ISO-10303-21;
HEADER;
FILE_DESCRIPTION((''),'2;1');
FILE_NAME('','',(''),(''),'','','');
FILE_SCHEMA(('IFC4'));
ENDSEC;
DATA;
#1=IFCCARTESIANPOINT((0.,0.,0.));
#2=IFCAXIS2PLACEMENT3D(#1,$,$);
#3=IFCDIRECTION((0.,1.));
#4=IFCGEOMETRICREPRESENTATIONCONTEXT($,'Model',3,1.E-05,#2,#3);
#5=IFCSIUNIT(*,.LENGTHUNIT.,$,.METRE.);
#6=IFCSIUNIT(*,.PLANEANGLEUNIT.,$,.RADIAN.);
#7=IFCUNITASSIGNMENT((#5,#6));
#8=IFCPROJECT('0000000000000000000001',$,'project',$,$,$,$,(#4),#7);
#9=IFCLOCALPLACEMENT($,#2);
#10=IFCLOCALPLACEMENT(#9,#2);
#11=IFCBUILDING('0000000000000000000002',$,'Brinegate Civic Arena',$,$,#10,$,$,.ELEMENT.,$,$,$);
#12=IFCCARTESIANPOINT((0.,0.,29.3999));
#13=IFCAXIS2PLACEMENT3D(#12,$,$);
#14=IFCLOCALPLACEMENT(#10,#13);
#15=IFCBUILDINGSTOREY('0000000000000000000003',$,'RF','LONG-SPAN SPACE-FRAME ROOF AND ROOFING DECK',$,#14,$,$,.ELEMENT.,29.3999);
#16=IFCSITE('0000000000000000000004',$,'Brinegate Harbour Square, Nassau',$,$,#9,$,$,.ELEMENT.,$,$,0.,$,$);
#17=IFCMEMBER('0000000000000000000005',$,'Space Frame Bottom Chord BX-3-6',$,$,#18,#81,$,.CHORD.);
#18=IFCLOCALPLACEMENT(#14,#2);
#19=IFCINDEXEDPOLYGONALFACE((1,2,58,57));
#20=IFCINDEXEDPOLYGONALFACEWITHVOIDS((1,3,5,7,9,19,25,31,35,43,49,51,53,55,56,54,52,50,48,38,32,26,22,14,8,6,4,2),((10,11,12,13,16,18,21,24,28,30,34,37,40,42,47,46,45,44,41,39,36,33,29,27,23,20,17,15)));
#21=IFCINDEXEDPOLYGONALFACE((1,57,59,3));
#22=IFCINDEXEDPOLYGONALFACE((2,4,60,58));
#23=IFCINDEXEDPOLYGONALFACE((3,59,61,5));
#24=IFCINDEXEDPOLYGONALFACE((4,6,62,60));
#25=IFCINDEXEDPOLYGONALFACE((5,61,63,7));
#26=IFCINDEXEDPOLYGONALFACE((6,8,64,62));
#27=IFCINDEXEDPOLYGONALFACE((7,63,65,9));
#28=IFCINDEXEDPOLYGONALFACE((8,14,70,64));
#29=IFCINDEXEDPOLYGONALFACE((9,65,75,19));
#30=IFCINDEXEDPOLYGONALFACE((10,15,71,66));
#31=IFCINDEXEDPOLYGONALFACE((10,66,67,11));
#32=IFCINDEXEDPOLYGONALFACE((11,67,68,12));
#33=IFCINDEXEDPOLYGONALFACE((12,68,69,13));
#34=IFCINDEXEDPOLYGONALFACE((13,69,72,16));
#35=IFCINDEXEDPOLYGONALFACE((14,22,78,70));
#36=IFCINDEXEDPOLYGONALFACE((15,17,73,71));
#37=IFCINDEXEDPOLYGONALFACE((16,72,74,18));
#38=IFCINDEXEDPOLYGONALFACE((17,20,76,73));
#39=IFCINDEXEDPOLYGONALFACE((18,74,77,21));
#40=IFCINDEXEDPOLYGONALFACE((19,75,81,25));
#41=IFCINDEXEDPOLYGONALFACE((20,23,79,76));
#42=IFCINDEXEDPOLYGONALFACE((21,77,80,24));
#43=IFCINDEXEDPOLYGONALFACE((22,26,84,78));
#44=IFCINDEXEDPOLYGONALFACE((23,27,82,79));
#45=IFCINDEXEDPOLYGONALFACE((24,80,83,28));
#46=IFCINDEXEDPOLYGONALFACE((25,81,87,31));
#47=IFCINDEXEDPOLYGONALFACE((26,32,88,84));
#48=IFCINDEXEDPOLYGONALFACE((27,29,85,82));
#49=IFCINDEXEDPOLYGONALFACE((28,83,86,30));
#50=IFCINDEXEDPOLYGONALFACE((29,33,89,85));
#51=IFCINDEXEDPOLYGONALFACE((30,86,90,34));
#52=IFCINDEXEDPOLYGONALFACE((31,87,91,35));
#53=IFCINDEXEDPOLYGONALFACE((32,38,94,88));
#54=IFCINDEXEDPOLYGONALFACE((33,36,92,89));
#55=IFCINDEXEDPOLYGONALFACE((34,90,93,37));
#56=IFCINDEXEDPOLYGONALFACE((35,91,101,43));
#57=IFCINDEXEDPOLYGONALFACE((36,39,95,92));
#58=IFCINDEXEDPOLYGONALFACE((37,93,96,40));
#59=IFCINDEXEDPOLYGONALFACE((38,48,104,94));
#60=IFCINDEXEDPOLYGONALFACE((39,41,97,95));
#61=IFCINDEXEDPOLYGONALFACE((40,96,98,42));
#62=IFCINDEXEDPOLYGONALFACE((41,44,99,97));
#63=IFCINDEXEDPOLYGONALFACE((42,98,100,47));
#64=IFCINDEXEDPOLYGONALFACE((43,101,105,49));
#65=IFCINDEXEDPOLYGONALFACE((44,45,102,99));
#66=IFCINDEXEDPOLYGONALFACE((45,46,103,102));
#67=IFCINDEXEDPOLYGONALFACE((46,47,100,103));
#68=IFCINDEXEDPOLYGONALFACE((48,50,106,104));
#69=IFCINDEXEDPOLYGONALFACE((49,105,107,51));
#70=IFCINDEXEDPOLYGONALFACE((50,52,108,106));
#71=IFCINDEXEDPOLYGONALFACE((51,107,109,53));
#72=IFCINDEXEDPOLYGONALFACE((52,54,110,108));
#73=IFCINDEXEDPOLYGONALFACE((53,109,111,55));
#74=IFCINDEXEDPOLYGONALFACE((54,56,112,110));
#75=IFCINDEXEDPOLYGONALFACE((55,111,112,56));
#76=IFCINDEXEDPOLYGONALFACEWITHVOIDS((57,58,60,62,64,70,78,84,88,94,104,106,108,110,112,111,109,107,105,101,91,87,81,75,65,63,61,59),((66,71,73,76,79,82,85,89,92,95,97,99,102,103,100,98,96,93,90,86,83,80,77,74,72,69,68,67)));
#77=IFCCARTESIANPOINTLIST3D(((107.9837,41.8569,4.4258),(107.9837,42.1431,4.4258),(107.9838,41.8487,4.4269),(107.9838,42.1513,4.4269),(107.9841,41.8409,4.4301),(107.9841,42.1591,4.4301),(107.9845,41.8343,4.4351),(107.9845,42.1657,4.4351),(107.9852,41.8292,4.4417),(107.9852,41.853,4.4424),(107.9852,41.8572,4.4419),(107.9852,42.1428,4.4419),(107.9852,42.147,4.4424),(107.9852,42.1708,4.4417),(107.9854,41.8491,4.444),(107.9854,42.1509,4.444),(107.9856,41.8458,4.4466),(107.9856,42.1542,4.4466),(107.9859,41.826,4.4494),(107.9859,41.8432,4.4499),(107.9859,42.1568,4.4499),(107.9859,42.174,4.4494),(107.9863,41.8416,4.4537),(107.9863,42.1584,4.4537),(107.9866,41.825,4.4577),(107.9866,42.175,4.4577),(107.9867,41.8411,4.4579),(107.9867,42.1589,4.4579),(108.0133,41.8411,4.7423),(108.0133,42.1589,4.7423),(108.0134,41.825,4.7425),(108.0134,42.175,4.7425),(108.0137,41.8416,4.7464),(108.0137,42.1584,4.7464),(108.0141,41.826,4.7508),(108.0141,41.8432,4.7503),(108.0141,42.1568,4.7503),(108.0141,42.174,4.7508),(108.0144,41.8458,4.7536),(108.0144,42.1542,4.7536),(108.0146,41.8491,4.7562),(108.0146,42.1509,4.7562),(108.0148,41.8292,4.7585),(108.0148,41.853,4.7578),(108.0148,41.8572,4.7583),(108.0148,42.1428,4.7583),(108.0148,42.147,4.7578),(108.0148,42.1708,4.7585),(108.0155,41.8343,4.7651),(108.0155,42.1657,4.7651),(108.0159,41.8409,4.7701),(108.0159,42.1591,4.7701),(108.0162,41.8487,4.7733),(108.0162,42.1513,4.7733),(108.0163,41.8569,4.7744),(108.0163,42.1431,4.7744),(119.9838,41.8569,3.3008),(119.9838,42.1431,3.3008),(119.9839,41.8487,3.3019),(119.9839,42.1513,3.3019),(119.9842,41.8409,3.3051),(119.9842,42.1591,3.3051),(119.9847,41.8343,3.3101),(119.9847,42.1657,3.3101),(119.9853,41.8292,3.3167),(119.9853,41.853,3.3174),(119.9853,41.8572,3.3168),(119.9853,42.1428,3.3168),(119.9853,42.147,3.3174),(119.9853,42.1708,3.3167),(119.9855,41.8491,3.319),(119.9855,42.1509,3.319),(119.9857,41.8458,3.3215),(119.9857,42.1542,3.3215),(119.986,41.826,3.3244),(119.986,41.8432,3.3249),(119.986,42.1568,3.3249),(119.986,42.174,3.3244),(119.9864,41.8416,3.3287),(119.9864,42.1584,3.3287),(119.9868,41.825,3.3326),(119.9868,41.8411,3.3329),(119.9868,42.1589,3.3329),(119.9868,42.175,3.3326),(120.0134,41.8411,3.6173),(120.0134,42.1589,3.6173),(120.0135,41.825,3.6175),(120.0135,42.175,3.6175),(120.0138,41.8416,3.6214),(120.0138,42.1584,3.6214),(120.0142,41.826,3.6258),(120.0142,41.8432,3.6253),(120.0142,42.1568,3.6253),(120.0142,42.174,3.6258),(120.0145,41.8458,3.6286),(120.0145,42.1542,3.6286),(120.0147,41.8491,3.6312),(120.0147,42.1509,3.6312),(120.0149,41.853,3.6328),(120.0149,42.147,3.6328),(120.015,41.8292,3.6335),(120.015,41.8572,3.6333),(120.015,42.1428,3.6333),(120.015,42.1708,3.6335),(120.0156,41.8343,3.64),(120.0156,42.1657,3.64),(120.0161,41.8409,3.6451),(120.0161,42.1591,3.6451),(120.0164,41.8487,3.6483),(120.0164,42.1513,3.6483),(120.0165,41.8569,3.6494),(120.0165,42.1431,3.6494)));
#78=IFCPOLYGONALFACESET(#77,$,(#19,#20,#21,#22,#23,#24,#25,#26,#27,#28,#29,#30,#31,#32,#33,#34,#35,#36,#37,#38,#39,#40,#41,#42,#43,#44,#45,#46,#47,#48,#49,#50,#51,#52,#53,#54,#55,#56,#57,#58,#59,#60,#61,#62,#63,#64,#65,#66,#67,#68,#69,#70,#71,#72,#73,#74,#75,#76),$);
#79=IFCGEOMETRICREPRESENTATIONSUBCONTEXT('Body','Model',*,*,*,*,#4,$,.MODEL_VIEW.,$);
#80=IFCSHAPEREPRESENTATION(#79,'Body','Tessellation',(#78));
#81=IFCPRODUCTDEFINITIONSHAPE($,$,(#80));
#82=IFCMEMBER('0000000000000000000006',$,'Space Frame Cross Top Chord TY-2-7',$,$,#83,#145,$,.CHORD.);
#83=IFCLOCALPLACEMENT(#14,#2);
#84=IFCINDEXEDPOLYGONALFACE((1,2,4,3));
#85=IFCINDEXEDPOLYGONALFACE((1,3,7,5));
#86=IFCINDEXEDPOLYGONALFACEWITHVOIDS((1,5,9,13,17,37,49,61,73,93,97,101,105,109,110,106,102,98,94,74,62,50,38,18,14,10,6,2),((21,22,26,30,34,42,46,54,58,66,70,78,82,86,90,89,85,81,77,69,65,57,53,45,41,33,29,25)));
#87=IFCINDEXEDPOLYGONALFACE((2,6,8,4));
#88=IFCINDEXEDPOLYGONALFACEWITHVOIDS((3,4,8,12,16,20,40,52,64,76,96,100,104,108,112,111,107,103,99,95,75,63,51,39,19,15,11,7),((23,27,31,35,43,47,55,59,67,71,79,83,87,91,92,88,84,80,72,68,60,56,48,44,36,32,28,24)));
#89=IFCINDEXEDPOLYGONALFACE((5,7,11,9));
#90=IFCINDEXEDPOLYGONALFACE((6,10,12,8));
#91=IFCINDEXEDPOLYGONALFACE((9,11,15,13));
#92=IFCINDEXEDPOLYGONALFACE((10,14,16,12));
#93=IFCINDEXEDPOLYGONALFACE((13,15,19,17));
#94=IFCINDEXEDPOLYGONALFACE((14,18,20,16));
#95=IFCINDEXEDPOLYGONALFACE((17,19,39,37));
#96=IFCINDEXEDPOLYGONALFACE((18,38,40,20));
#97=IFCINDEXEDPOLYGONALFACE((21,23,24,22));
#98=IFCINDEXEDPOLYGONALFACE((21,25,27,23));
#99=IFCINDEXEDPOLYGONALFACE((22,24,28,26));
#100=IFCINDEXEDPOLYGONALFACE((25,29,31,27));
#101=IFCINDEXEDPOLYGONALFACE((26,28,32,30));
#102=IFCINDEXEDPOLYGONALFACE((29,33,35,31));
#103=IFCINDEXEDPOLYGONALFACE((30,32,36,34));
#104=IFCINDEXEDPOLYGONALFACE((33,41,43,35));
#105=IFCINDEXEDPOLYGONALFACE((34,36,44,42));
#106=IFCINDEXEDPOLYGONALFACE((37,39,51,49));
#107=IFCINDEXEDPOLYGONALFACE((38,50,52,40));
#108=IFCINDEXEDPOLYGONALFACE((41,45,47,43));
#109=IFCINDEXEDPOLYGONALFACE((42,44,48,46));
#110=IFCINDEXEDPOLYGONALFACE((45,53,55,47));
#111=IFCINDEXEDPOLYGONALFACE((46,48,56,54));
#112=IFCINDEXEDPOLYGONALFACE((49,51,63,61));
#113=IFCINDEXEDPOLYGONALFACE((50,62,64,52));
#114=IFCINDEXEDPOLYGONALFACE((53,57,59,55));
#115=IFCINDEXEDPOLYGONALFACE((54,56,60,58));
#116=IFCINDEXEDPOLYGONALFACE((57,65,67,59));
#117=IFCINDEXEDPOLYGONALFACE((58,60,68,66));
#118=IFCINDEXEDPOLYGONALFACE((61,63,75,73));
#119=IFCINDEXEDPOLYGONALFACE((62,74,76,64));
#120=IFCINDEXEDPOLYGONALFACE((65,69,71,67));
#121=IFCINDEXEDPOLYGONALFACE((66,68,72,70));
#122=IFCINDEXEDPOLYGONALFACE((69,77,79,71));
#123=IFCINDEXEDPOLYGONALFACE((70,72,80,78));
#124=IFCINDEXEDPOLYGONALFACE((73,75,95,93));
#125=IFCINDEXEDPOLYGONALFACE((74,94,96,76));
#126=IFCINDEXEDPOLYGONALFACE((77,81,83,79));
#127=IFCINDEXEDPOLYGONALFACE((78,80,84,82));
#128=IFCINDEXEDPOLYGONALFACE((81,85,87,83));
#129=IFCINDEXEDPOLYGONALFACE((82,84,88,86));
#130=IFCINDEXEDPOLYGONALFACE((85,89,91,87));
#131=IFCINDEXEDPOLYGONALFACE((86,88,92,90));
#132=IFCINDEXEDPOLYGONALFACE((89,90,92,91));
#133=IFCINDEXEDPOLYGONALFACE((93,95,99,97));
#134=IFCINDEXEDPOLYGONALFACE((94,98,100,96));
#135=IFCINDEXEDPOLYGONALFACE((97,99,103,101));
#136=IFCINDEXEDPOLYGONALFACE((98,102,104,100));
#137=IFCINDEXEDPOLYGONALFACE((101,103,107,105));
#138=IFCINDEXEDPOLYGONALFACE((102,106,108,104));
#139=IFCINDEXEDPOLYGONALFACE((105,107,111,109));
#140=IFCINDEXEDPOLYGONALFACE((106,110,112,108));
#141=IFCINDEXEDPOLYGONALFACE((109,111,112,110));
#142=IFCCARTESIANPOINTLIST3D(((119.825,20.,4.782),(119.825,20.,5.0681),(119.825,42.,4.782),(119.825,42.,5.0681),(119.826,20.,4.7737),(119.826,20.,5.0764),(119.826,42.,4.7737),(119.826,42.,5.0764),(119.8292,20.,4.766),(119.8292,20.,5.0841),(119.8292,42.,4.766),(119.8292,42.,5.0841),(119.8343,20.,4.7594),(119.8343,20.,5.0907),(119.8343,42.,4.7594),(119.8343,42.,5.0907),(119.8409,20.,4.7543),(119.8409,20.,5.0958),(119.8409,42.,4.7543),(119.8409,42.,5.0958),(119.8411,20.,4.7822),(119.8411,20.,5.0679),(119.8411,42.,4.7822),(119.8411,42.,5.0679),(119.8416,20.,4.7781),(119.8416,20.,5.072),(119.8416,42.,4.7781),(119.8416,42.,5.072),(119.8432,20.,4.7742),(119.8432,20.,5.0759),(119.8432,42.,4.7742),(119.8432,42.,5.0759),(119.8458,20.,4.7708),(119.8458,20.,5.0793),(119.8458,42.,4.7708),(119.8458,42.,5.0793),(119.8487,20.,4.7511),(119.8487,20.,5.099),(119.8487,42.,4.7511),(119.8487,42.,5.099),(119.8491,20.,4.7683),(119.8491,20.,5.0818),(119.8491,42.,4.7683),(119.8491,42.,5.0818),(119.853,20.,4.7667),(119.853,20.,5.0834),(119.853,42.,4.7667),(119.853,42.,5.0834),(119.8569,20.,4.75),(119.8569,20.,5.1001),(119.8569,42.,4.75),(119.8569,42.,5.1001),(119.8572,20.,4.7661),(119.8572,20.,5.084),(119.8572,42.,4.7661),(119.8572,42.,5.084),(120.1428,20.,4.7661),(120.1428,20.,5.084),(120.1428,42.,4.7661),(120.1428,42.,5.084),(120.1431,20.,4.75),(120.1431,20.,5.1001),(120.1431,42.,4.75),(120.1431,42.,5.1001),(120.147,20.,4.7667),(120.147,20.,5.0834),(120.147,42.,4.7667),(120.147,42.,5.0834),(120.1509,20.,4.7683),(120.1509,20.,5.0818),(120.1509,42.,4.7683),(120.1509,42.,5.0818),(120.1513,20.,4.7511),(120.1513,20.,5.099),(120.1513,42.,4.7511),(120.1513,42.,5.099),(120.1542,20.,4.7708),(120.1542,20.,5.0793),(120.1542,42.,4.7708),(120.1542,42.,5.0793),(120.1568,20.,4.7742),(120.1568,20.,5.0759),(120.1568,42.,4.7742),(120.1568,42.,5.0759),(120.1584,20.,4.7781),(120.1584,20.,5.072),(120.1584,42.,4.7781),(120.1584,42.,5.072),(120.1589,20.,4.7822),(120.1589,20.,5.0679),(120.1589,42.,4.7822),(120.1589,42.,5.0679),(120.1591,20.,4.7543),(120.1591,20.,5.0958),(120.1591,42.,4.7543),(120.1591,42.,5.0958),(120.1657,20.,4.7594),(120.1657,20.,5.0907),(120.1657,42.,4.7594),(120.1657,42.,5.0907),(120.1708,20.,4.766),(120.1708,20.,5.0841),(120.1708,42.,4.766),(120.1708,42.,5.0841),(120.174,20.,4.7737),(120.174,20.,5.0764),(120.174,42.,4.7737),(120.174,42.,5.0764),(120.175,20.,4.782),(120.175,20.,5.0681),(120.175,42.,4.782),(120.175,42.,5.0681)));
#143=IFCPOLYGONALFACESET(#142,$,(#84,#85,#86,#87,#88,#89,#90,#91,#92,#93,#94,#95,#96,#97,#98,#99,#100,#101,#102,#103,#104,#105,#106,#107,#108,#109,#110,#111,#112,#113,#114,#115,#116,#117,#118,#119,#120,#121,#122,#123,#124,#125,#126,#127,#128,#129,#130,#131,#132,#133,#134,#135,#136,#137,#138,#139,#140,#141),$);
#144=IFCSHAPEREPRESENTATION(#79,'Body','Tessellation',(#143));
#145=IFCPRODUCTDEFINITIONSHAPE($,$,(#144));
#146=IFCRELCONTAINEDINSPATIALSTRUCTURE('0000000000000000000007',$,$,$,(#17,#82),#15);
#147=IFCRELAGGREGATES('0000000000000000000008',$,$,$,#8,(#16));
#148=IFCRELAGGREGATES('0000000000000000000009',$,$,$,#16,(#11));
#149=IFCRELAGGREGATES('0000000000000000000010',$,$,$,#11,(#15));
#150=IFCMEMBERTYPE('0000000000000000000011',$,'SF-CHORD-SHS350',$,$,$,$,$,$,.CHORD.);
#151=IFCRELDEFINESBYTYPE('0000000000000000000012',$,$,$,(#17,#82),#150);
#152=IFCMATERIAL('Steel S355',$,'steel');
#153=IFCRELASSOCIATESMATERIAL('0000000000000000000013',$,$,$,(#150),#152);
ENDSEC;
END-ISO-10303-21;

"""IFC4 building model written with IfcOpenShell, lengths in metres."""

from ifc_helpers import new_model, si_unit, direction, frame, origin, origin_2d, place, context, subcontext, project, spatial, hollow_rectangle, extrude, material, material_profile, profile_set, type_object, element, save


model = new_model("IFC4")

# Units and contexts
model_context = context("Model", 3, precision=1e-05, world=origin(), true_north=direction((0.0, 1.0)))
body_context = subcontext(model_context, "Body", "Model", "MODEL_VIEW")
ifc_project = project(units=[si_unit("LENGTHUNIT", "METRE"), si_unit("PLANEANGLEUNIT", "RADIAN")], contexts=[model_context])

# Site, building, storey
site_placement = place(None, origin())
site = spatial("IfcSite", under=ifc_project, at=site_placement, Name="Brinegate Harbour Square, Nassau", CompositionType="ELEMENT", RefElevation=0.0)
building_placement = place(site_placement, origin())
building = spatial("IfcBuilding", under=site, at=building_placement, Name="Brinegate Civic Arena", CompositionType="ELEMENT")
storey_placement = place(building_placement, frame((0.0, 0.0, 29.3999)))
storey = spatial("IfcBuildingStorey", under=building, at=storey_placement, Name="RF", Description="LONG-SPAN SPACE-FRAME ROOF AND ROOFING DECK", CompositionType="ELEMENT", Elevation=29.3999)

# Members
ifc_material = material(Name="Steel S355", Category="steel")
ifc_material_profile_1 = material_profile(ifc_material, hollow_rectangle(XDim=0.3501, YDim=0.3501, WallThickness=0.0161, InnerFilletRadius=0.0161, OuterFilletRadius=0.032, at=origin_2d()), Name="SHS350X16")
ifc_profile_set_1 = profile_set([ifc_material_profile_1], Name="Steel S355")
member_type_1 = type_object("IfcMemberType", Name="SF-CHORD-SHS350", PredefinedType="CHORD", material=ifc_profile_set_1)
for number, where, z_axis, x_axis, name in (
    (1, (108.0, 42.0, 4.6001), (0.995634, 0.0, -0.093341), (0.0, 1.0, 0.0), "Space Frame Bottom Chord BX-3-6"),
):
    element("IfcMember", number, at=place(storey_placement, frame(where, z_axis=z_axis, x_axis=x_axis)), inside=storey, type_object=member_type_1, Name=name, PredefinedType="CHORD", context=body_context, shape_type="SweptSolid", body=[
        extrude(hollow_rectangle(XDim=0.3501, YDim=0.3501, WallThickness=0.0161, InnerFilletRadius=0.0161, OuterFilletRadius=0.032, at=origin_2d()), origin(), (0.0, 0.0, 1.0), 12.0527),
    ])
member_1_placement = place(storey_placement, frame((120.0, 20.0, 4.925), z_axis=(0.0, 1.0, 0.0), x_axis=(-1.0, 0.0, 0.0)))
element("IfcMember", 2, at=member_1_placement, inside=storey, type_object=member_type_1, Name="Space Frame Cross Top Chord TY-2-7", PredefinedType="CHORD", context=body_context, shape_type="SweptSolid", body=[
    extrude(hollow_rectangle(XDim=0.3501, YDim=0.3501, WallThickness=0.0161, InnerFilletRadius=0.0161, OuterFilletRadius=0.032, at=origin_2d()), origin(), (0.0, 0.0, 1.0), 22.0),
])

save(model, "model.ifc")
